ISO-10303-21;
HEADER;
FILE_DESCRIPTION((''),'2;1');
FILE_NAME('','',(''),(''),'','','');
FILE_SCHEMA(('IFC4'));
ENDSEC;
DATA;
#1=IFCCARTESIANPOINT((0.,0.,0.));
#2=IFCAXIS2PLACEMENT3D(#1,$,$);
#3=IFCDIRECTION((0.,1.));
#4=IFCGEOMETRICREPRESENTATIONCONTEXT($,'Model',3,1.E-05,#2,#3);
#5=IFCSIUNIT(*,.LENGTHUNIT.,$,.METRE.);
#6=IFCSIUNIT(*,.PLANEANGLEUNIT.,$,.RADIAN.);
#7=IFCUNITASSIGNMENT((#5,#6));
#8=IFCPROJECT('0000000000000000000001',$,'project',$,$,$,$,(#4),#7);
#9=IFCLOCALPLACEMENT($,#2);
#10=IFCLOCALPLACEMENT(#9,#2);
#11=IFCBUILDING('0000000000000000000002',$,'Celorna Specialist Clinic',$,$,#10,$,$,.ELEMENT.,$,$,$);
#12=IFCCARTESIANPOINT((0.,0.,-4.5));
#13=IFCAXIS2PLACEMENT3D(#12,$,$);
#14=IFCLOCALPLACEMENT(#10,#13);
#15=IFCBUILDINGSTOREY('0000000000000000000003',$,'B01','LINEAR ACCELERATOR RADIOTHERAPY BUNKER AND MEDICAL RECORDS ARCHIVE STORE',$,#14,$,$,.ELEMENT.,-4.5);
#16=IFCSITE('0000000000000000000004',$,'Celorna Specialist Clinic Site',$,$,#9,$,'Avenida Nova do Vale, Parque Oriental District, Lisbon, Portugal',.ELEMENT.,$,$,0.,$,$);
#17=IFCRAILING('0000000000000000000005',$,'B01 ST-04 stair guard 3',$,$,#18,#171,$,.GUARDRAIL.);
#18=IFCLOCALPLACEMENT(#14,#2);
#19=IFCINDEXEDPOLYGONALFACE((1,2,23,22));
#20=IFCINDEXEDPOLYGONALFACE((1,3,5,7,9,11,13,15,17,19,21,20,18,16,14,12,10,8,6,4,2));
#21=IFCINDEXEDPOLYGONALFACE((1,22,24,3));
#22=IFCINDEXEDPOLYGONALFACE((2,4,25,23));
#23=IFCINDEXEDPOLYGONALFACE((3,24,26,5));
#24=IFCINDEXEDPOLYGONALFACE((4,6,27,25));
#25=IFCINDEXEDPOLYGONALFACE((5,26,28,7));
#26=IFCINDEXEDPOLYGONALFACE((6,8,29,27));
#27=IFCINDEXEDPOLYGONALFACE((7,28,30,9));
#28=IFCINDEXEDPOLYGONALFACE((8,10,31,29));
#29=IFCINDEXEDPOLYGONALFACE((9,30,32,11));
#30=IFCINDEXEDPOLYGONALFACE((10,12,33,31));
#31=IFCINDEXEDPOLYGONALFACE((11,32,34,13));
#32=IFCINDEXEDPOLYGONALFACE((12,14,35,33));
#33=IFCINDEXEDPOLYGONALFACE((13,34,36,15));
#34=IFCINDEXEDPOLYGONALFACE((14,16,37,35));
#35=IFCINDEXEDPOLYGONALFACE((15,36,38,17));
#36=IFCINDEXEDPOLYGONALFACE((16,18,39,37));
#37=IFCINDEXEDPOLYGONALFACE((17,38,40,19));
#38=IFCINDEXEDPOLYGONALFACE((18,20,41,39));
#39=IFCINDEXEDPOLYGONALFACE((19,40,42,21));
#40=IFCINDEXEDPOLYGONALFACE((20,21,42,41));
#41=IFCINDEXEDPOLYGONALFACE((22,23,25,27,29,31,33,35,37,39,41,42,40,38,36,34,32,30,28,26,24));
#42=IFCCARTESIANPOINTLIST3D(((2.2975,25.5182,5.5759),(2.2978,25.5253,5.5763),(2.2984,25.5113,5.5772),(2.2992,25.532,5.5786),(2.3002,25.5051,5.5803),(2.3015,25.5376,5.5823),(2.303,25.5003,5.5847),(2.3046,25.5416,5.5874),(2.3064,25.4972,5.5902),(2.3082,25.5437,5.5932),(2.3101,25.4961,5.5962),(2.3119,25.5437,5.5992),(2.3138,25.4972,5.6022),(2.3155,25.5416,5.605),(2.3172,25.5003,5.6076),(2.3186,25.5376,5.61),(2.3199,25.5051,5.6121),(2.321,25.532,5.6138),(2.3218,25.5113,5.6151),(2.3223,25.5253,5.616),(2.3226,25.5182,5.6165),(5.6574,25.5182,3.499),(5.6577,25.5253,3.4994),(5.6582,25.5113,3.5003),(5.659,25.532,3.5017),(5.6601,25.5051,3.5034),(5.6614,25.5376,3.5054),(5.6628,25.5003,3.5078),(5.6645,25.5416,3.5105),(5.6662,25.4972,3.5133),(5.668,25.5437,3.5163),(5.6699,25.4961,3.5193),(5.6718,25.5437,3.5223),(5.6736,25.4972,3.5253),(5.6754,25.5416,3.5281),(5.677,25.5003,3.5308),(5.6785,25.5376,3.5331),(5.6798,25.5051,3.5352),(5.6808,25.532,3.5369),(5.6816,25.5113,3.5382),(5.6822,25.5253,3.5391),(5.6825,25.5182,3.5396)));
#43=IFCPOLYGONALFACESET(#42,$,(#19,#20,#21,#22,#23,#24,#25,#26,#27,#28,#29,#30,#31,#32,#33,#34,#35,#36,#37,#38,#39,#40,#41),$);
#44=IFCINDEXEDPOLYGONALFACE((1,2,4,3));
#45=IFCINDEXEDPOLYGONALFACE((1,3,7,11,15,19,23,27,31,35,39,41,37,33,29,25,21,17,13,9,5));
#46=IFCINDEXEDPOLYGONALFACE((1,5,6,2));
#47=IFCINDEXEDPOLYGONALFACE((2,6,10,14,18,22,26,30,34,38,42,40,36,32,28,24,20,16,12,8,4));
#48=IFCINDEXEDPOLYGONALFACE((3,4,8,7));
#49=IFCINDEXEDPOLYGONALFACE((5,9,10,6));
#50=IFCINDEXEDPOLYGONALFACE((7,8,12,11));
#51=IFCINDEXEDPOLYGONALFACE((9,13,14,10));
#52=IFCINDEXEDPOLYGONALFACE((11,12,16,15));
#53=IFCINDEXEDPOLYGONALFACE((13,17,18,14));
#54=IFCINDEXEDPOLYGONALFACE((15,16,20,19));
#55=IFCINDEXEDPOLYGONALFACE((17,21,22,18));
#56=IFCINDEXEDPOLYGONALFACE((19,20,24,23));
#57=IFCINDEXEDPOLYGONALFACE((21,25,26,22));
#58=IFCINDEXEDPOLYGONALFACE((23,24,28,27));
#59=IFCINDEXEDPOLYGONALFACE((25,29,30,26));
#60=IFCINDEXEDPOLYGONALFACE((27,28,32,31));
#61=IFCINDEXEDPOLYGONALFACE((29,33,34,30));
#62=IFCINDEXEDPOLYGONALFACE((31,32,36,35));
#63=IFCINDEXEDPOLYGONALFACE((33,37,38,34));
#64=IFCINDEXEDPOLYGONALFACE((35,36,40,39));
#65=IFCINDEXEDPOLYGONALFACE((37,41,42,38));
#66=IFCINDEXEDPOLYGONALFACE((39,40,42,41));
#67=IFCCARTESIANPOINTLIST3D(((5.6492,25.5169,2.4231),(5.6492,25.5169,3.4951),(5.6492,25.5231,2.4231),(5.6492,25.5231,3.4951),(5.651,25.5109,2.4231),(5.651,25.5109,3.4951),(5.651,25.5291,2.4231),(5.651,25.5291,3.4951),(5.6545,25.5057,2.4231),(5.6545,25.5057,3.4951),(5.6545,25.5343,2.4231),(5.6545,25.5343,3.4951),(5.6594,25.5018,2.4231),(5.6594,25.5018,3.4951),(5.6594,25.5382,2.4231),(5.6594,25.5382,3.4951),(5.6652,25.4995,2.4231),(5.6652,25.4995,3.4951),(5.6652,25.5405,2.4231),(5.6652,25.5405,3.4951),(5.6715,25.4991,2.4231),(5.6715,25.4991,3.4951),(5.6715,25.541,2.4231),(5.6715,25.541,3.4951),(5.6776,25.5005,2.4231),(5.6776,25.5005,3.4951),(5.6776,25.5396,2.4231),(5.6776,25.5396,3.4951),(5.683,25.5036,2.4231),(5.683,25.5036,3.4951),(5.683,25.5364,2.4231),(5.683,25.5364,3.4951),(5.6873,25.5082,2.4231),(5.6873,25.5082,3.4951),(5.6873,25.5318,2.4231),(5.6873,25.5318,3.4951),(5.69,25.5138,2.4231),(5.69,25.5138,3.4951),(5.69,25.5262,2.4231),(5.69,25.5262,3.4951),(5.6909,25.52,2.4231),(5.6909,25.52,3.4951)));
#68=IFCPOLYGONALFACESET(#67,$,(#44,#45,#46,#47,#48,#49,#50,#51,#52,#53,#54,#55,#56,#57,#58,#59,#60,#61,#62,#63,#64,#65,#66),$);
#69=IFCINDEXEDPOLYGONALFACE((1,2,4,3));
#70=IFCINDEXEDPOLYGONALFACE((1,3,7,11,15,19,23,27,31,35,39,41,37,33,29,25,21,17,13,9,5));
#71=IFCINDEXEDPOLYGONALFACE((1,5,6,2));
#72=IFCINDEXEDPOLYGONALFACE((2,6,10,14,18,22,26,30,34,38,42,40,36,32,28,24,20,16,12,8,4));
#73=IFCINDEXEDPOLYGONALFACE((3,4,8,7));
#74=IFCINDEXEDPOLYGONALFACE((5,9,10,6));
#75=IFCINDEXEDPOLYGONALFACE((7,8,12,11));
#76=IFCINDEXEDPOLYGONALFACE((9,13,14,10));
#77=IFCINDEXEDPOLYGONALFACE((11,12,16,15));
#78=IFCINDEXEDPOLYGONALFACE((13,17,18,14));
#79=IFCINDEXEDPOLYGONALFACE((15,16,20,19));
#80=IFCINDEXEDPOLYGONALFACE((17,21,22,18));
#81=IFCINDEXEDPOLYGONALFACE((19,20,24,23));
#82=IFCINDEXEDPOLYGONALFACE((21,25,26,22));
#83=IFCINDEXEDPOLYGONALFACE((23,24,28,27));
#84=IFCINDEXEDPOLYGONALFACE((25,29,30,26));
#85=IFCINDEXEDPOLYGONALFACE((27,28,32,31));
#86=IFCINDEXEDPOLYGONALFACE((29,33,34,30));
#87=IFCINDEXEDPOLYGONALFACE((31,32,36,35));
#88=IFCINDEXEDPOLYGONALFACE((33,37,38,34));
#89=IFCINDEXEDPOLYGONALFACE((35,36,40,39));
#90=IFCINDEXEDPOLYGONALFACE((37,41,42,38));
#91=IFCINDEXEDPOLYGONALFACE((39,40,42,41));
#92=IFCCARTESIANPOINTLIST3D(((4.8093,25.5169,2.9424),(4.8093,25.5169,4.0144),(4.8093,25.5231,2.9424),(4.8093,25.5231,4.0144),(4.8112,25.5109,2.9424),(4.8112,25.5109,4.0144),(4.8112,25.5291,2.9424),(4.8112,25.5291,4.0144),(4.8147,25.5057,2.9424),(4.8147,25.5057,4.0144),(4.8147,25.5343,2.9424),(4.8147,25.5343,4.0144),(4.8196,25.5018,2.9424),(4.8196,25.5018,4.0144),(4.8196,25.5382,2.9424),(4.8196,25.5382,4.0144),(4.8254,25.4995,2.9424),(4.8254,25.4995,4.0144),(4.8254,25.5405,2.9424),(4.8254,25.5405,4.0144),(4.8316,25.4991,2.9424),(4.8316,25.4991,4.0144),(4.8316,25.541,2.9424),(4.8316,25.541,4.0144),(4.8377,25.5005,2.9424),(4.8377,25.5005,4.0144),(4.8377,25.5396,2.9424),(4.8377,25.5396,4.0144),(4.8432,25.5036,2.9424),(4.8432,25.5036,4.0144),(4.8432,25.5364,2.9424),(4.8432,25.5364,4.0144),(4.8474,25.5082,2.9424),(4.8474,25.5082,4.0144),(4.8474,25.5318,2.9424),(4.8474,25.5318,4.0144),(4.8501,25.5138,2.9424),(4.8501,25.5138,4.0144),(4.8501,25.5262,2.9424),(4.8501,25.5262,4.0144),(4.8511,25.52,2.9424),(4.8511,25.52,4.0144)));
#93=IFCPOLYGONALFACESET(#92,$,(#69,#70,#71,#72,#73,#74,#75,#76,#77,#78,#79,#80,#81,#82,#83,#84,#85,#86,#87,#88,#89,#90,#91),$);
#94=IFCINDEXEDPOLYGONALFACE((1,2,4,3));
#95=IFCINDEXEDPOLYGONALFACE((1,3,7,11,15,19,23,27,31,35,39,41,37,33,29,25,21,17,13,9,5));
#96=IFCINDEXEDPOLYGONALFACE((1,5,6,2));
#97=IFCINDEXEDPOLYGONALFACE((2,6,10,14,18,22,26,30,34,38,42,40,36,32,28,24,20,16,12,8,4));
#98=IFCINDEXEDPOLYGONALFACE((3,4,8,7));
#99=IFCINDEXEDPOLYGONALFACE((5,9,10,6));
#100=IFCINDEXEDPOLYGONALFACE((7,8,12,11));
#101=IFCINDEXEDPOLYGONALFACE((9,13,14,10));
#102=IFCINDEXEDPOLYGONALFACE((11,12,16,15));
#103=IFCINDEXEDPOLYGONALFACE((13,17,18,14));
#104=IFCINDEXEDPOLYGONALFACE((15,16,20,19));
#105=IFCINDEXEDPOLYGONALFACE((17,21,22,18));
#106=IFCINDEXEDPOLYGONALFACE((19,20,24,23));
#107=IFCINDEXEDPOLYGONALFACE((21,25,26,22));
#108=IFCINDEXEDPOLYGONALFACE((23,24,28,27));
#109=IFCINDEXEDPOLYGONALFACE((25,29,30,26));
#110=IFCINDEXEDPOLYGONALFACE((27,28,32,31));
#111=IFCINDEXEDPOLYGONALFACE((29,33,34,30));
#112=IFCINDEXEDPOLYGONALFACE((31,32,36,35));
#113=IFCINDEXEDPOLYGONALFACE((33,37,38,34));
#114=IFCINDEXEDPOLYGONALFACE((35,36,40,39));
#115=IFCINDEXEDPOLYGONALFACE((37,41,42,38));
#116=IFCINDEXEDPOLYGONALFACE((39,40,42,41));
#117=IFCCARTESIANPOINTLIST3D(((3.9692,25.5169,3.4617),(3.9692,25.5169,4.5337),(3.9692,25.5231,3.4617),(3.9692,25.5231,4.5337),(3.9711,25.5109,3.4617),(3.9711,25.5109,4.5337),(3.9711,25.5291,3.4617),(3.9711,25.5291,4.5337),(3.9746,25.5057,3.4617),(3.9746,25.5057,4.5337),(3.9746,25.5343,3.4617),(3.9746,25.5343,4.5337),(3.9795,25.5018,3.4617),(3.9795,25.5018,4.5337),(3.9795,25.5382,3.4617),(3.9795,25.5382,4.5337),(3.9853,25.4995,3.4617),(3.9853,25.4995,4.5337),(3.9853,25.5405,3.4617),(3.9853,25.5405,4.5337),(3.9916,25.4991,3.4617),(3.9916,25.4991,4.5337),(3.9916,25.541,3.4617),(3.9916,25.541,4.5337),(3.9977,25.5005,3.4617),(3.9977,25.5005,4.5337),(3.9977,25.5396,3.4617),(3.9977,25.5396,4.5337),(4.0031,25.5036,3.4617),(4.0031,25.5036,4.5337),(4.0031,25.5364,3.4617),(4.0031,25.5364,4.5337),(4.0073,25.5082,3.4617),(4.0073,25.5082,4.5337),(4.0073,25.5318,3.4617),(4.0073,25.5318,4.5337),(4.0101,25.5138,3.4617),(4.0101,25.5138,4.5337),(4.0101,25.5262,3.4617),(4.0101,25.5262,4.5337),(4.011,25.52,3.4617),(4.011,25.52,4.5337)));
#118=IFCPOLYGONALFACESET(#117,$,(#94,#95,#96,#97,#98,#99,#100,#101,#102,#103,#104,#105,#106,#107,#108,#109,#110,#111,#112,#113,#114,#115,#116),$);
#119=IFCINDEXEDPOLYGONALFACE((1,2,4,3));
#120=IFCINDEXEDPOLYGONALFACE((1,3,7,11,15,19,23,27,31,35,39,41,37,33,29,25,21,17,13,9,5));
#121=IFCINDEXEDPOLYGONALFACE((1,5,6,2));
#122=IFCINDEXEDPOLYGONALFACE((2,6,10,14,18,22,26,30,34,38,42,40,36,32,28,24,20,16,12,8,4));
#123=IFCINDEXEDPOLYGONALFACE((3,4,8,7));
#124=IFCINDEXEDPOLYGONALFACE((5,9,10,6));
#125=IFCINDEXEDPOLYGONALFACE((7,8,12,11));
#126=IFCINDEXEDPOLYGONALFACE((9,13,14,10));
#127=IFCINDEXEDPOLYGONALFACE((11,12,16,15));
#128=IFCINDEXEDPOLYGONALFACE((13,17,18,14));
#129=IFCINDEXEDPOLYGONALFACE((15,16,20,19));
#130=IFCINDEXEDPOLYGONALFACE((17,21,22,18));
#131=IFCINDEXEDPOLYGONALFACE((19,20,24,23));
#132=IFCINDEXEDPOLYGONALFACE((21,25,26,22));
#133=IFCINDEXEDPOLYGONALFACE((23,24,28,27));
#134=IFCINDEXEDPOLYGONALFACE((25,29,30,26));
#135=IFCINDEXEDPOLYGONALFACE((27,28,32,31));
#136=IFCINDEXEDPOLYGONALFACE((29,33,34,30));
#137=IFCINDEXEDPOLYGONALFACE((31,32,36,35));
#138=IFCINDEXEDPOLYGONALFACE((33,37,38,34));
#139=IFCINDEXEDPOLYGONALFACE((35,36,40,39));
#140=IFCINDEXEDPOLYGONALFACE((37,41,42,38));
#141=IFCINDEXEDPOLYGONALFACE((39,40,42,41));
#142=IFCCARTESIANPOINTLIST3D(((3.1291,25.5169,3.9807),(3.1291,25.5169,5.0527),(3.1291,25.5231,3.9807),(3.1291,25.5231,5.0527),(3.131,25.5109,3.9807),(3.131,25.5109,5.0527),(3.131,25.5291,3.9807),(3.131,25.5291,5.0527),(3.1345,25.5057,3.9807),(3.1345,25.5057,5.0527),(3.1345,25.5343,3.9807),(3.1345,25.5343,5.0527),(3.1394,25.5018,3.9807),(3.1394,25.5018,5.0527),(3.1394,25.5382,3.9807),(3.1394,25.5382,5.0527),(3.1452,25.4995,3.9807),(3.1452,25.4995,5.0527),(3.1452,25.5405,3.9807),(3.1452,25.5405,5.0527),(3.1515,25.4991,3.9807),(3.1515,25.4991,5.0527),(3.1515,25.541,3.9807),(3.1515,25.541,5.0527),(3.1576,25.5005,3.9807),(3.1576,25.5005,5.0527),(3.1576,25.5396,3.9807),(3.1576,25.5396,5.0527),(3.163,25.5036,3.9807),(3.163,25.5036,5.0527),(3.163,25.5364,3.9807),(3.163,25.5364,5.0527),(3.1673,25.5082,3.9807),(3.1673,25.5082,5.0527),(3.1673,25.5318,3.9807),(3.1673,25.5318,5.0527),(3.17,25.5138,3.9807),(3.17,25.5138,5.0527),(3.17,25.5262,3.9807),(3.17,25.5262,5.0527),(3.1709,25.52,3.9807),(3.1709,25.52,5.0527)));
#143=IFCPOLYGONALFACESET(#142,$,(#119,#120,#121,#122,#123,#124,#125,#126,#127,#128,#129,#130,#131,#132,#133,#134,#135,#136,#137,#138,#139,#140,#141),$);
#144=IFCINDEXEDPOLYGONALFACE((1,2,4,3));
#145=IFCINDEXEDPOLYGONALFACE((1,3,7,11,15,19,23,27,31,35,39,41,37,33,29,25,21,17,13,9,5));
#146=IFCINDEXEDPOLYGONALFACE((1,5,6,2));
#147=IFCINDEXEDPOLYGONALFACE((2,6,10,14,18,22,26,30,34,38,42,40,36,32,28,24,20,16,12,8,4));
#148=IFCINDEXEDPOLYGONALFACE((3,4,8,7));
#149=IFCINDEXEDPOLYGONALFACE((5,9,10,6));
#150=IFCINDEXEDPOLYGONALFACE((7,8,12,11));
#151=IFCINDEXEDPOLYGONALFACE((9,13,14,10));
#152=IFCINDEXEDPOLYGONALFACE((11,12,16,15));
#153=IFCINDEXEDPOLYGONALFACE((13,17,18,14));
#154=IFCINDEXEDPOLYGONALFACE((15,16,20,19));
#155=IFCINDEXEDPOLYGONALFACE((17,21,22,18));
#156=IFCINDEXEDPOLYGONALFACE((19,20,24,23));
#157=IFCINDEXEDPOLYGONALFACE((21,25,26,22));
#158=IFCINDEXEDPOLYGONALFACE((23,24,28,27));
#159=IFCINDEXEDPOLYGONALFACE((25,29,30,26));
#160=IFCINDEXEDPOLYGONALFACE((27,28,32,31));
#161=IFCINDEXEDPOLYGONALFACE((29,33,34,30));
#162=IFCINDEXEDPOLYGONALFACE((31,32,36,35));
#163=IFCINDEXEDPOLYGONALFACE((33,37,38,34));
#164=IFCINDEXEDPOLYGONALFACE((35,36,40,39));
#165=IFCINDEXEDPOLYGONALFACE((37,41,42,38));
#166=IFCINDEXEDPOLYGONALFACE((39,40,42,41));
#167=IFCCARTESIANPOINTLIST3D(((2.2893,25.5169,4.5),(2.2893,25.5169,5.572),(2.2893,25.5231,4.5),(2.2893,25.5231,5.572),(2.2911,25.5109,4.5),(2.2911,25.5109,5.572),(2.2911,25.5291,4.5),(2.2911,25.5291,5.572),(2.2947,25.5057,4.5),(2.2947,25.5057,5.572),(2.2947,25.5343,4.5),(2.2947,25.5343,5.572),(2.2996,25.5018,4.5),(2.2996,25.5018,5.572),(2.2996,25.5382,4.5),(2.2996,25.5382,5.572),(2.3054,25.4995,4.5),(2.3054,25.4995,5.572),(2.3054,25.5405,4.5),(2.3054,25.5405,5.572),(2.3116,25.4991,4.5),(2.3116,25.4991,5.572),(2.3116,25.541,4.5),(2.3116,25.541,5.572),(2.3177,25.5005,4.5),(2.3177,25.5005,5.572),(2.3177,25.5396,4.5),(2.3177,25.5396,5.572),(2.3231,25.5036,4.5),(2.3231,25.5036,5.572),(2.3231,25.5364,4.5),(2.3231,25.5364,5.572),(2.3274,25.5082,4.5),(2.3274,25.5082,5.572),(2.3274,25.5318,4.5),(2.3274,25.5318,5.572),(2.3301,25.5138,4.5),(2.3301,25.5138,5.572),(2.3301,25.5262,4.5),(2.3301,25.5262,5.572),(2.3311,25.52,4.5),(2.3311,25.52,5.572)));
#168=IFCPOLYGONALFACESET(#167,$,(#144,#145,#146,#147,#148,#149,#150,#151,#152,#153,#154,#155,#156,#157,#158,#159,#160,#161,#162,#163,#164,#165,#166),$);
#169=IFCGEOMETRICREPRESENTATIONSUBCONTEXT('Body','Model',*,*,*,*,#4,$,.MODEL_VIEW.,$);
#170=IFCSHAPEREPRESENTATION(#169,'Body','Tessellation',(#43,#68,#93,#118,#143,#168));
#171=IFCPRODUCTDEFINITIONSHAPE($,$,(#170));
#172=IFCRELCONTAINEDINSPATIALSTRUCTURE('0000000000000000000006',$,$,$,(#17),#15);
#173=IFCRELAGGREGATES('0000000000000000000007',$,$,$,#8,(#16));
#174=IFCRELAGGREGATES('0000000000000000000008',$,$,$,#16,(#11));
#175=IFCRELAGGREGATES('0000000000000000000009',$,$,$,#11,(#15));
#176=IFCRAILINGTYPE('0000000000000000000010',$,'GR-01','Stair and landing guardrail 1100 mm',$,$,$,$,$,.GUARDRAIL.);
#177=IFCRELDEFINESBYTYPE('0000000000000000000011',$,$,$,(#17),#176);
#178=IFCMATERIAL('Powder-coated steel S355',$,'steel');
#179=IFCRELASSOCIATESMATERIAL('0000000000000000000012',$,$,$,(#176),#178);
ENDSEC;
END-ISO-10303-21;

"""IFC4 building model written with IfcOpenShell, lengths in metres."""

from ifc_helpers import new_model, si_unit, direction, frame, origin, origin_2d, place, context, subcontext, project, spatial, circle, extrude, material, type_object, element, save


model = new_model("IFC4")

# Units and contexts
model_context = context("Model", 3, precision=1e-05, world=origin(), true_north=direction((0.0, 1.0)))
body_context = subcontext(model_context, "Body", "Model", "MODEL_VIEW")
ifc_project = project(units=[si_unit("LENGTHUNIT", "METRE"), si_unit("PLANEANGLEUNIT", "RADIAN")], contexts=[model_context])

# Site, building, storey
site_placement = place(None, origin())
site = spatial("IfcSite", under=ifc_project, at=site_placement, Name="Celorna Specialist Clinic Site", LongName="Avenida Nova do Vale, Parque Oriental District, Lisbon, Portugal", CompositionType="ELEMENT", RefElevation=0.0)
building_placement = place(site_placement, origin())
building = spatial("IfcBuilding", under=site, at=building_placement, Name="Celorna Specialist Clinic", CompositionType="ELEMENT")
storey_placement = place(building_placement, frame((0.0, 0.0, -4.5)))
storey = spatial("IfcBuildingStorey", under=building, at=storey_placement, Name="B01", Description="LINEAR ACCELERATOR RADIOTHERAPY BUNKER AND MEDICAL RECORDS ARCHIVE STORE", CompositionType="ELEMENT", Elevation=-4.5)

# Railing
ifc_material_1 = material(Name="Powder-coated steel S355", Category="steel")
railing_type_1 = type_object("IfcRailingType", Name="GR-01", Description="Stair and landing guardrail 1100 mm", PredefinedType="GUARDRAIL", material=ifc_material_1)
railing_1_placement = place(storey_placement, frame((5.6699, 25.52, 2.4231)))
element("IfcRailing", 1, at=railing_1_placement, inside=storey, type_object=railing_type_1, Name="B01 ST-04 stair guard 3", PredefinedType="GUARDRAIL", context=body_context, shape_type="SweptSolid", body=[
    extrude(circle(Radius=0.0239, at=origin_2d()), frame((0.0, 0.0, 1.0962), z_axis=(-0.850606, 0.0, 0.525803), x_axis=(0.0, -1.0, 0.0)), (0.0, 0.0, 1.0), 3.95),
    extrude(circle(Radius=0.021, at=origin_2d()), origin(), (0.0, 0.0, 1.0), 1.072),
    extrude(circle(Radius=0.021, at=origin_2d()), frame((-0.8398, 0.0, 0.5193)), (0.0, 0.0, 1.0), 1.072),
    extrude(circle(Radius=0.021, at=origin_2d()), frame((-1.6799, 0.0, 1.0386)), (0.0, 0.0, 1.0), 1.072),
    extrude(circle(Radius=0.021, at=origin_2d()), frame((-2.52, 0.0, 1.5576)), (0.0, 0.0, 1.0), 1.072),
    extrude(circle(Radius=0.021, at=origin_2d()), frame((-3.3599, 0.0, 2.0769)), (0.0, 0.0, 1.0), 1.072),
])

save(model, "model.ifc")
